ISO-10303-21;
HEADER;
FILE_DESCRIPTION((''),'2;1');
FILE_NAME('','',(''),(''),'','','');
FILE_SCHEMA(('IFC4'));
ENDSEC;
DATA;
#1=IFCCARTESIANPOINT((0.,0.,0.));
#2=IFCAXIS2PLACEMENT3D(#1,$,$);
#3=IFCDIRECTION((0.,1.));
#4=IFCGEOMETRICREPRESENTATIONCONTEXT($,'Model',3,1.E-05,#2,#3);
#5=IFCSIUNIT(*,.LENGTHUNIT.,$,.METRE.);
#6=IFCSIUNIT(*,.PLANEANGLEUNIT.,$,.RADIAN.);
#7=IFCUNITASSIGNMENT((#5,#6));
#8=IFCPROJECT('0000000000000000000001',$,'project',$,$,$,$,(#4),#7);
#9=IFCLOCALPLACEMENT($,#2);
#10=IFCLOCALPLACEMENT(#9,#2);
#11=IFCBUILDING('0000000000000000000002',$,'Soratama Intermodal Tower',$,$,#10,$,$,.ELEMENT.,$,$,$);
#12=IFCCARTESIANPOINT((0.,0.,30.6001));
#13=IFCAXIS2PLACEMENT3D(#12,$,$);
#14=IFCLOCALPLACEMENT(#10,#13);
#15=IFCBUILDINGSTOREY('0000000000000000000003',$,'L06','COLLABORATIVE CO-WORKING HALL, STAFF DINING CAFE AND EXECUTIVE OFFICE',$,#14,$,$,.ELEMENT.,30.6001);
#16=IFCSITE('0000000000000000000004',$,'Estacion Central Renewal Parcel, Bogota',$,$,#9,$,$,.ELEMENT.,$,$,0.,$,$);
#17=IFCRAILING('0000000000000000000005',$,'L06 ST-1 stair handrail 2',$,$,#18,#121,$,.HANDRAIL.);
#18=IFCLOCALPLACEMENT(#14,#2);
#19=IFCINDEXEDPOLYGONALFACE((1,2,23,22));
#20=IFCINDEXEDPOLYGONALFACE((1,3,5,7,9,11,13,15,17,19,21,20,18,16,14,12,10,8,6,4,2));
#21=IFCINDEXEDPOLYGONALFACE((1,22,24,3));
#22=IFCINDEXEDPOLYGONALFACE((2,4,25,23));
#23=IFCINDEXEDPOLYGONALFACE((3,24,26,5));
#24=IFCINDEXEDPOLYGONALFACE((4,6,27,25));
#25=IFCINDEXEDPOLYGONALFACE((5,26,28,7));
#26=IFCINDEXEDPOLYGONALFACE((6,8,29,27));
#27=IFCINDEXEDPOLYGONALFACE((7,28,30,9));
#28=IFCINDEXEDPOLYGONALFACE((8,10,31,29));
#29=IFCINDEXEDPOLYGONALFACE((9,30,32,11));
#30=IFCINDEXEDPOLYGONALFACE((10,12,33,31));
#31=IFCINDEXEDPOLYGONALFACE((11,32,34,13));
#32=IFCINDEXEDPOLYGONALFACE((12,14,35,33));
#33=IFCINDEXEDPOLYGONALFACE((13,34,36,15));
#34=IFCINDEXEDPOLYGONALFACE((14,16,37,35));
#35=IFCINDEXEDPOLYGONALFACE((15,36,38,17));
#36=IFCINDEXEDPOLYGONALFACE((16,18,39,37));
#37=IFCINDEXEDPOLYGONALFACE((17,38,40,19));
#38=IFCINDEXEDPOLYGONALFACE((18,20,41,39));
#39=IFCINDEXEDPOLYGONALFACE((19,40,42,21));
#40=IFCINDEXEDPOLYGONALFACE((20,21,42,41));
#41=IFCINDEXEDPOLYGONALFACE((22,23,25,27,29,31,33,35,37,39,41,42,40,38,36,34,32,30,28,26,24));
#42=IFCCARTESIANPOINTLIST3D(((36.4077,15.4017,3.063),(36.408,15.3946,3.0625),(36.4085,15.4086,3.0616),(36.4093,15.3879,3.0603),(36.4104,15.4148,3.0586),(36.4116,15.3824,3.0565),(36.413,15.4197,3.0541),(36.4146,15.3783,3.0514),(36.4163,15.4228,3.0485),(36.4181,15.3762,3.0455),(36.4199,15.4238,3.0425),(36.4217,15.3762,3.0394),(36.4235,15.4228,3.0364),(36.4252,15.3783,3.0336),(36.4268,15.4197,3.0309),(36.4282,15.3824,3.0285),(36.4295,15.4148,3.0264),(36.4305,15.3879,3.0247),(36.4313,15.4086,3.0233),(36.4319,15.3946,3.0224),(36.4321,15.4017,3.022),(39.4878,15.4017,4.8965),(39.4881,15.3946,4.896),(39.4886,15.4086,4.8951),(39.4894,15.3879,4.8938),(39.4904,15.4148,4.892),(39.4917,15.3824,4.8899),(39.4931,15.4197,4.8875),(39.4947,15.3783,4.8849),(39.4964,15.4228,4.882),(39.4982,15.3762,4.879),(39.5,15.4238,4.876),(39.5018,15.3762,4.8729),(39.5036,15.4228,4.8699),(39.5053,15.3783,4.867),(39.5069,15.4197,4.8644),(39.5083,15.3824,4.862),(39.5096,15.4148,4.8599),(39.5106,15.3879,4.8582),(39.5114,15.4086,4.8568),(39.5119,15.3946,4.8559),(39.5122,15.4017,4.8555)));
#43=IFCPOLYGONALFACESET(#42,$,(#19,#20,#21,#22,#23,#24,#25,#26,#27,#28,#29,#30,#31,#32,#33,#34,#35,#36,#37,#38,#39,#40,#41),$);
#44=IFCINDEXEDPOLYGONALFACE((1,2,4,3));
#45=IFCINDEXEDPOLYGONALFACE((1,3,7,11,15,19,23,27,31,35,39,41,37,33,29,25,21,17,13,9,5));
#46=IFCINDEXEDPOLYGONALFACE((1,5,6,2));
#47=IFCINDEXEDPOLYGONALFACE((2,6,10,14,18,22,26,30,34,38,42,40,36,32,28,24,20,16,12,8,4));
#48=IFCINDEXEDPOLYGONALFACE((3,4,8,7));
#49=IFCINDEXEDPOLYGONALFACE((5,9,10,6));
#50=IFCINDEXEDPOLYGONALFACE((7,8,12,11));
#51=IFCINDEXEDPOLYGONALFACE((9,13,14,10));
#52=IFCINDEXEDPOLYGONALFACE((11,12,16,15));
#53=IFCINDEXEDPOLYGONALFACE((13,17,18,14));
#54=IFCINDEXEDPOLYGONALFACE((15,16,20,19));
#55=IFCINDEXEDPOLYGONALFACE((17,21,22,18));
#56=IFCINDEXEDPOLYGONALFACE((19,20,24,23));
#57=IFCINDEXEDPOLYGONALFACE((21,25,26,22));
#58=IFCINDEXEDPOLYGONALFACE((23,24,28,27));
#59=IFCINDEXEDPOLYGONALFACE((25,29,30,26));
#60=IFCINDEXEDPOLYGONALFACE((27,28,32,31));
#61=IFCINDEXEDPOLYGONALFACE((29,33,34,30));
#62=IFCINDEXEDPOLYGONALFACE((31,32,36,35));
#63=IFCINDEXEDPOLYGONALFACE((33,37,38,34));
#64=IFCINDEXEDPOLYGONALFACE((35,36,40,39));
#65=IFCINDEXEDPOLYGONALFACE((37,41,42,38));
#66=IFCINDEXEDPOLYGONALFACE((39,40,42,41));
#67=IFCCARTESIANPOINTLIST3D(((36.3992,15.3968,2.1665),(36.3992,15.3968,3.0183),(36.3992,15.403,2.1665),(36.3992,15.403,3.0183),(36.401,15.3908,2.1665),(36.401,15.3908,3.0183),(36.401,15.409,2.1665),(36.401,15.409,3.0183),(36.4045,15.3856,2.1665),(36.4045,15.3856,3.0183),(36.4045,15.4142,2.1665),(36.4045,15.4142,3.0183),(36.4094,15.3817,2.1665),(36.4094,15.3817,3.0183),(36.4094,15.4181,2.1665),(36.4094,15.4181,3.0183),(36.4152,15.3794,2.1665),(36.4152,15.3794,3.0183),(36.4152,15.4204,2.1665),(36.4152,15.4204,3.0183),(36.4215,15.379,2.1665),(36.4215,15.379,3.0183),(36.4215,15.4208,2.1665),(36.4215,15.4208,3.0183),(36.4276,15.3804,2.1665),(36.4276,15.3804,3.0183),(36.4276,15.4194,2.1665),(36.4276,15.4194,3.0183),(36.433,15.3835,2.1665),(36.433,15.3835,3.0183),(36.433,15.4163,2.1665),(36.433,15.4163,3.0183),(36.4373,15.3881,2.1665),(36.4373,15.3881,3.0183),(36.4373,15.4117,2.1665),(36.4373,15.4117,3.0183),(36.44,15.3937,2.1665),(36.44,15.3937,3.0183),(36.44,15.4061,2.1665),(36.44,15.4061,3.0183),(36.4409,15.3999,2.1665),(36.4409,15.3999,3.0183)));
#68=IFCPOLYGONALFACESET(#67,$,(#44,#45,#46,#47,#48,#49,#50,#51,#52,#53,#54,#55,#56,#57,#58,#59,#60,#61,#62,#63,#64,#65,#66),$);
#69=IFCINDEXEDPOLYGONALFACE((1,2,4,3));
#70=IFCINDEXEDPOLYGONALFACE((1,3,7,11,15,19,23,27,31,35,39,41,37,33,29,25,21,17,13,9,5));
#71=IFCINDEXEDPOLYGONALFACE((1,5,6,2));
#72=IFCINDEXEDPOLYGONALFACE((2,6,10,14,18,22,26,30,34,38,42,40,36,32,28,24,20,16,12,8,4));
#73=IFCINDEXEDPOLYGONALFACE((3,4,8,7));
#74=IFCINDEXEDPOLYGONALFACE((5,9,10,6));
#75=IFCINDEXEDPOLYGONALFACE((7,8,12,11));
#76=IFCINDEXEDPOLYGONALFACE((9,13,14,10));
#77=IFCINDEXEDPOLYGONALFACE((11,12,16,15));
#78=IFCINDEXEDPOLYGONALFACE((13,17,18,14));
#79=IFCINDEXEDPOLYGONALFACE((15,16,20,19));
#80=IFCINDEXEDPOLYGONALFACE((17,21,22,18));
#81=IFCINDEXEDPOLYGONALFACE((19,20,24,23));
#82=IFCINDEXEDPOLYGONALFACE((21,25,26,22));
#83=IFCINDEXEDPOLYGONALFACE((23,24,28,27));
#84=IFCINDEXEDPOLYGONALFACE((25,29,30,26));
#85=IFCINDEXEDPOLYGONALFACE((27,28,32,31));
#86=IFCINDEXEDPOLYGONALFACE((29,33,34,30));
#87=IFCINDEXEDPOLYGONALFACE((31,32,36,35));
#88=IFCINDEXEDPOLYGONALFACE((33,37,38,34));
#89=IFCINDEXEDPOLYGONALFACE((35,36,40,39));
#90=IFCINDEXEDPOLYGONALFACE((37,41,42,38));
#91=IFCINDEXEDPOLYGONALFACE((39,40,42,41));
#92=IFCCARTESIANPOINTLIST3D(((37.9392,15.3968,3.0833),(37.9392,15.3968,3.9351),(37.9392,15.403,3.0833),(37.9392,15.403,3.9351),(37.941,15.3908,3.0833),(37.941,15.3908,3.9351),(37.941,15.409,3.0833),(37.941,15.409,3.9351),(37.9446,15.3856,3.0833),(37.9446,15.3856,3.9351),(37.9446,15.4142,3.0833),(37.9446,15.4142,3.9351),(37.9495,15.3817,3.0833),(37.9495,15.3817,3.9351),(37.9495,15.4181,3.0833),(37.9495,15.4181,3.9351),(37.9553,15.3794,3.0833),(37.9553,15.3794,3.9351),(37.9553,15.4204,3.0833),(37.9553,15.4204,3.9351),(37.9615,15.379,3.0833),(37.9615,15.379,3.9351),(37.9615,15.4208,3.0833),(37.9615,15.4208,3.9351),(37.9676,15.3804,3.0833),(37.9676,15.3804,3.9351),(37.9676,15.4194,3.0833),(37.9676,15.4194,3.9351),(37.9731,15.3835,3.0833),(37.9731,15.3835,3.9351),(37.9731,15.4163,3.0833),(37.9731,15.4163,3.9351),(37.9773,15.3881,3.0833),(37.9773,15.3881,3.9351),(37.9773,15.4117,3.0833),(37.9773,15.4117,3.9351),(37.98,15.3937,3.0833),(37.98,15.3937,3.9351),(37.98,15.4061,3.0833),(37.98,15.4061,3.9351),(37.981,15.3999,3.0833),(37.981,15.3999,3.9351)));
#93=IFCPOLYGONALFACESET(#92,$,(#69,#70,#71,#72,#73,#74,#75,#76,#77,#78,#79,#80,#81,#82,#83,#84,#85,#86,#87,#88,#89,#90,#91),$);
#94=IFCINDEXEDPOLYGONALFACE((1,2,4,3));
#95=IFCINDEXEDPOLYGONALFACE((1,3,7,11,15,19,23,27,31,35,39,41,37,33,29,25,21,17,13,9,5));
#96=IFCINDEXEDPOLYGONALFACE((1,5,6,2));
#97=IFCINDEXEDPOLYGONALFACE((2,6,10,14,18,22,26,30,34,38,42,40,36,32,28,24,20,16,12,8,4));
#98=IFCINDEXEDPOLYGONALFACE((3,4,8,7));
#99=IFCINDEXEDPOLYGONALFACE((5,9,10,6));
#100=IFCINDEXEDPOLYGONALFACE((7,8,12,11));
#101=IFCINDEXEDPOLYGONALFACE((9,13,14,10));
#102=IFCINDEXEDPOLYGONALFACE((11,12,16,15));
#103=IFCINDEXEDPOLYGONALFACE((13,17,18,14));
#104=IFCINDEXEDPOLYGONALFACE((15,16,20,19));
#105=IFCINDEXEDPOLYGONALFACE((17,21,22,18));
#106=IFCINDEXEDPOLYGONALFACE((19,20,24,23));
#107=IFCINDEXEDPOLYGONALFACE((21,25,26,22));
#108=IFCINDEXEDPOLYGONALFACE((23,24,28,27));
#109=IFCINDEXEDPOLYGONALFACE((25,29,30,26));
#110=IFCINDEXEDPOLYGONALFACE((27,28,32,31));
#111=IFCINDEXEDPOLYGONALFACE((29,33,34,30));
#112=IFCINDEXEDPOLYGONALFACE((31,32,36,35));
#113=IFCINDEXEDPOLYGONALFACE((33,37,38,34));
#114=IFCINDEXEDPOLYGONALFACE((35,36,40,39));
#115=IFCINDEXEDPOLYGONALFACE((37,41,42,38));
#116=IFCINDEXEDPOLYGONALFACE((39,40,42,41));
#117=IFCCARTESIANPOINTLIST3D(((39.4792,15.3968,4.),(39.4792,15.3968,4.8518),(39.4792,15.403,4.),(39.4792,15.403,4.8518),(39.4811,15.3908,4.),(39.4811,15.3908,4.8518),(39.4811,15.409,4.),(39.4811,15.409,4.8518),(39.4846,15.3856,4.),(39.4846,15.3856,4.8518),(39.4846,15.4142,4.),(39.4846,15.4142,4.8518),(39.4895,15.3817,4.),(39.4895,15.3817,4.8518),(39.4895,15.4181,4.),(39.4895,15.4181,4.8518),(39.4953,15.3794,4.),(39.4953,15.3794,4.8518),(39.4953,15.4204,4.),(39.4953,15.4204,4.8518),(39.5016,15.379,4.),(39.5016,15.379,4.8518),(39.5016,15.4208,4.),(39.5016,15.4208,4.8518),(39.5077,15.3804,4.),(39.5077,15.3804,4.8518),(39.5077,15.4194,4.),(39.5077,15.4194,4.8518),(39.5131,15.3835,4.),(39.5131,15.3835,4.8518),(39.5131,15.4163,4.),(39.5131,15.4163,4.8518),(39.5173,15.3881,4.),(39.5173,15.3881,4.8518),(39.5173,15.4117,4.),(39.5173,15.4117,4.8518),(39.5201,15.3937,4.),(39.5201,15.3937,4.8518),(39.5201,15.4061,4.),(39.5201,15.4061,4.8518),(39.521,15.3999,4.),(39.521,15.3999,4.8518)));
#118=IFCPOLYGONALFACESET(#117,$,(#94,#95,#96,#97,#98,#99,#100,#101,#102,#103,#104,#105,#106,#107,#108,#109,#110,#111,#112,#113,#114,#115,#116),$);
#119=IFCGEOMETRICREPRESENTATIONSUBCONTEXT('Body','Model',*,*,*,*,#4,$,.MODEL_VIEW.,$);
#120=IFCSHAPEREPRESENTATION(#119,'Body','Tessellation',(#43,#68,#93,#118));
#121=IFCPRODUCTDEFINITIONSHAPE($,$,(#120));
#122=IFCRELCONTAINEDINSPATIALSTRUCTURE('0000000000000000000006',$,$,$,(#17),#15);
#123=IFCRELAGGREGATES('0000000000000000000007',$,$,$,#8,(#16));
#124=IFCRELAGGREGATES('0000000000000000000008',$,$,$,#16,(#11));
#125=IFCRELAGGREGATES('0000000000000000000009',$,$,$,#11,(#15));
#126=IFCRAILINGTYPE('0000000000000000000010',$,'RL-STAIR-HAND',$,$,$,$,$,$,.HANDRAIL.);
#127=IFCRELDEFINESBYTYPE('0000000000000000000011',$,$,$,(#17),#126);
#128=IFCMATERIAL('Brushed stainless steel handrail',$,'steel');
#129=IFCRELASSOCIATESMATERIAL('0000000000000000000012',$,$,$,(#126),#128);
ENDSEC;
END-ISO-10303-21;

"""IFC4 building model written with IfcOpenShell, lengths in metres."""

from ifc_helpers import new_model, si_unit, direction, frame, origin, origin_2d, place, context, subcontext, project, spatial, circle, extrude, material, type_object, element, save


model = new_model("IFC4")

# Units and contexts
model_context = context("Model", 3, precision=1e-05, world=origin(), true_north=direction((0.0, 1.0)))
body_context = subcontext(model_context, "Body", "Model", "MODEL_VIEW")
ifc_project = project(units=[si_unit("LENGTHUNIT", "METRE"), si_unit("PLANEANGLEUNIT", "RADIAN")], contexts=[model_context])

# Site, building, storey
site_placement = place(None, origin())
site = spatial("IfcSite", under=ifc_project, at=site_placement, Name="Estacion Central Renewal Parcel, Bogota", CompositionType="ELEMENT", RefElevation=0.0)
building_placement = place(site_placement, origin())
building = spatial("IfcBuilding", under=site, at=building_placement, Name="Soratama Intermodal Tower", CompositionType="ELEMENT")
storey_placement = place(building_placement, frame((0.0, 0.0, 30.6001)))
storey = spatial("IfcBuildingStorey", under=building, at=storey_placement, Name="L06", Description="COLLABORATIVE CO-WORKING HALL, STAFF DINING CAFE AND EXECUTIVE OFFICE", CompositionType="ELEMENT", Elevation=30.6001)

# Railing
ifc_material_1 = material(Name="Brushed stainless steel handrail", Category="steel")
railing_type_1 = type_object("IfcRailingType", Name="RL-STAIR-HAND", PredefinedType="HANDRAIL", material=ifc_material_1)
railing_1_placement = place(storey_placement, frame((36.4199, 15.3999, 2.1665)))
element("IfcRailing", 1, at=railing_1_placement, inside=storey, type_object=railing_type_1, Name="L06 ST-1 stair handrail 2", PredefinedType="HANDRAIL", context=body_context, shape_type="SweptSolid", body=[
    extrude(circle(Radius=0.0239, at=origin_2d()), frame((0.0, 0.0, 0.876), z_axis=(0.859279, 0.0, 0.511508), x_axis=(0.0, 1.0, 0.0)), (0.0, 0.0, 1.0), 3.5845),
    extrude(circle(Radius=0.021, at=origin_2d()), origin(), (0.0, 0.0, 1.0), 0.8518),
    extrude(circle(Radius=0.021, at=origin_2d()), frame((1.54, 0.0, 0.9167)), (0.0, 0.0, 1.0), 0.8518),
    extrude(circle(Radius=0.021, at=origin_2d()), frame((3.0801, 0.0, 1.8335)), (0.0, 0.0, 1.0), 0.8518),
])

save(model, "model.ifc")
